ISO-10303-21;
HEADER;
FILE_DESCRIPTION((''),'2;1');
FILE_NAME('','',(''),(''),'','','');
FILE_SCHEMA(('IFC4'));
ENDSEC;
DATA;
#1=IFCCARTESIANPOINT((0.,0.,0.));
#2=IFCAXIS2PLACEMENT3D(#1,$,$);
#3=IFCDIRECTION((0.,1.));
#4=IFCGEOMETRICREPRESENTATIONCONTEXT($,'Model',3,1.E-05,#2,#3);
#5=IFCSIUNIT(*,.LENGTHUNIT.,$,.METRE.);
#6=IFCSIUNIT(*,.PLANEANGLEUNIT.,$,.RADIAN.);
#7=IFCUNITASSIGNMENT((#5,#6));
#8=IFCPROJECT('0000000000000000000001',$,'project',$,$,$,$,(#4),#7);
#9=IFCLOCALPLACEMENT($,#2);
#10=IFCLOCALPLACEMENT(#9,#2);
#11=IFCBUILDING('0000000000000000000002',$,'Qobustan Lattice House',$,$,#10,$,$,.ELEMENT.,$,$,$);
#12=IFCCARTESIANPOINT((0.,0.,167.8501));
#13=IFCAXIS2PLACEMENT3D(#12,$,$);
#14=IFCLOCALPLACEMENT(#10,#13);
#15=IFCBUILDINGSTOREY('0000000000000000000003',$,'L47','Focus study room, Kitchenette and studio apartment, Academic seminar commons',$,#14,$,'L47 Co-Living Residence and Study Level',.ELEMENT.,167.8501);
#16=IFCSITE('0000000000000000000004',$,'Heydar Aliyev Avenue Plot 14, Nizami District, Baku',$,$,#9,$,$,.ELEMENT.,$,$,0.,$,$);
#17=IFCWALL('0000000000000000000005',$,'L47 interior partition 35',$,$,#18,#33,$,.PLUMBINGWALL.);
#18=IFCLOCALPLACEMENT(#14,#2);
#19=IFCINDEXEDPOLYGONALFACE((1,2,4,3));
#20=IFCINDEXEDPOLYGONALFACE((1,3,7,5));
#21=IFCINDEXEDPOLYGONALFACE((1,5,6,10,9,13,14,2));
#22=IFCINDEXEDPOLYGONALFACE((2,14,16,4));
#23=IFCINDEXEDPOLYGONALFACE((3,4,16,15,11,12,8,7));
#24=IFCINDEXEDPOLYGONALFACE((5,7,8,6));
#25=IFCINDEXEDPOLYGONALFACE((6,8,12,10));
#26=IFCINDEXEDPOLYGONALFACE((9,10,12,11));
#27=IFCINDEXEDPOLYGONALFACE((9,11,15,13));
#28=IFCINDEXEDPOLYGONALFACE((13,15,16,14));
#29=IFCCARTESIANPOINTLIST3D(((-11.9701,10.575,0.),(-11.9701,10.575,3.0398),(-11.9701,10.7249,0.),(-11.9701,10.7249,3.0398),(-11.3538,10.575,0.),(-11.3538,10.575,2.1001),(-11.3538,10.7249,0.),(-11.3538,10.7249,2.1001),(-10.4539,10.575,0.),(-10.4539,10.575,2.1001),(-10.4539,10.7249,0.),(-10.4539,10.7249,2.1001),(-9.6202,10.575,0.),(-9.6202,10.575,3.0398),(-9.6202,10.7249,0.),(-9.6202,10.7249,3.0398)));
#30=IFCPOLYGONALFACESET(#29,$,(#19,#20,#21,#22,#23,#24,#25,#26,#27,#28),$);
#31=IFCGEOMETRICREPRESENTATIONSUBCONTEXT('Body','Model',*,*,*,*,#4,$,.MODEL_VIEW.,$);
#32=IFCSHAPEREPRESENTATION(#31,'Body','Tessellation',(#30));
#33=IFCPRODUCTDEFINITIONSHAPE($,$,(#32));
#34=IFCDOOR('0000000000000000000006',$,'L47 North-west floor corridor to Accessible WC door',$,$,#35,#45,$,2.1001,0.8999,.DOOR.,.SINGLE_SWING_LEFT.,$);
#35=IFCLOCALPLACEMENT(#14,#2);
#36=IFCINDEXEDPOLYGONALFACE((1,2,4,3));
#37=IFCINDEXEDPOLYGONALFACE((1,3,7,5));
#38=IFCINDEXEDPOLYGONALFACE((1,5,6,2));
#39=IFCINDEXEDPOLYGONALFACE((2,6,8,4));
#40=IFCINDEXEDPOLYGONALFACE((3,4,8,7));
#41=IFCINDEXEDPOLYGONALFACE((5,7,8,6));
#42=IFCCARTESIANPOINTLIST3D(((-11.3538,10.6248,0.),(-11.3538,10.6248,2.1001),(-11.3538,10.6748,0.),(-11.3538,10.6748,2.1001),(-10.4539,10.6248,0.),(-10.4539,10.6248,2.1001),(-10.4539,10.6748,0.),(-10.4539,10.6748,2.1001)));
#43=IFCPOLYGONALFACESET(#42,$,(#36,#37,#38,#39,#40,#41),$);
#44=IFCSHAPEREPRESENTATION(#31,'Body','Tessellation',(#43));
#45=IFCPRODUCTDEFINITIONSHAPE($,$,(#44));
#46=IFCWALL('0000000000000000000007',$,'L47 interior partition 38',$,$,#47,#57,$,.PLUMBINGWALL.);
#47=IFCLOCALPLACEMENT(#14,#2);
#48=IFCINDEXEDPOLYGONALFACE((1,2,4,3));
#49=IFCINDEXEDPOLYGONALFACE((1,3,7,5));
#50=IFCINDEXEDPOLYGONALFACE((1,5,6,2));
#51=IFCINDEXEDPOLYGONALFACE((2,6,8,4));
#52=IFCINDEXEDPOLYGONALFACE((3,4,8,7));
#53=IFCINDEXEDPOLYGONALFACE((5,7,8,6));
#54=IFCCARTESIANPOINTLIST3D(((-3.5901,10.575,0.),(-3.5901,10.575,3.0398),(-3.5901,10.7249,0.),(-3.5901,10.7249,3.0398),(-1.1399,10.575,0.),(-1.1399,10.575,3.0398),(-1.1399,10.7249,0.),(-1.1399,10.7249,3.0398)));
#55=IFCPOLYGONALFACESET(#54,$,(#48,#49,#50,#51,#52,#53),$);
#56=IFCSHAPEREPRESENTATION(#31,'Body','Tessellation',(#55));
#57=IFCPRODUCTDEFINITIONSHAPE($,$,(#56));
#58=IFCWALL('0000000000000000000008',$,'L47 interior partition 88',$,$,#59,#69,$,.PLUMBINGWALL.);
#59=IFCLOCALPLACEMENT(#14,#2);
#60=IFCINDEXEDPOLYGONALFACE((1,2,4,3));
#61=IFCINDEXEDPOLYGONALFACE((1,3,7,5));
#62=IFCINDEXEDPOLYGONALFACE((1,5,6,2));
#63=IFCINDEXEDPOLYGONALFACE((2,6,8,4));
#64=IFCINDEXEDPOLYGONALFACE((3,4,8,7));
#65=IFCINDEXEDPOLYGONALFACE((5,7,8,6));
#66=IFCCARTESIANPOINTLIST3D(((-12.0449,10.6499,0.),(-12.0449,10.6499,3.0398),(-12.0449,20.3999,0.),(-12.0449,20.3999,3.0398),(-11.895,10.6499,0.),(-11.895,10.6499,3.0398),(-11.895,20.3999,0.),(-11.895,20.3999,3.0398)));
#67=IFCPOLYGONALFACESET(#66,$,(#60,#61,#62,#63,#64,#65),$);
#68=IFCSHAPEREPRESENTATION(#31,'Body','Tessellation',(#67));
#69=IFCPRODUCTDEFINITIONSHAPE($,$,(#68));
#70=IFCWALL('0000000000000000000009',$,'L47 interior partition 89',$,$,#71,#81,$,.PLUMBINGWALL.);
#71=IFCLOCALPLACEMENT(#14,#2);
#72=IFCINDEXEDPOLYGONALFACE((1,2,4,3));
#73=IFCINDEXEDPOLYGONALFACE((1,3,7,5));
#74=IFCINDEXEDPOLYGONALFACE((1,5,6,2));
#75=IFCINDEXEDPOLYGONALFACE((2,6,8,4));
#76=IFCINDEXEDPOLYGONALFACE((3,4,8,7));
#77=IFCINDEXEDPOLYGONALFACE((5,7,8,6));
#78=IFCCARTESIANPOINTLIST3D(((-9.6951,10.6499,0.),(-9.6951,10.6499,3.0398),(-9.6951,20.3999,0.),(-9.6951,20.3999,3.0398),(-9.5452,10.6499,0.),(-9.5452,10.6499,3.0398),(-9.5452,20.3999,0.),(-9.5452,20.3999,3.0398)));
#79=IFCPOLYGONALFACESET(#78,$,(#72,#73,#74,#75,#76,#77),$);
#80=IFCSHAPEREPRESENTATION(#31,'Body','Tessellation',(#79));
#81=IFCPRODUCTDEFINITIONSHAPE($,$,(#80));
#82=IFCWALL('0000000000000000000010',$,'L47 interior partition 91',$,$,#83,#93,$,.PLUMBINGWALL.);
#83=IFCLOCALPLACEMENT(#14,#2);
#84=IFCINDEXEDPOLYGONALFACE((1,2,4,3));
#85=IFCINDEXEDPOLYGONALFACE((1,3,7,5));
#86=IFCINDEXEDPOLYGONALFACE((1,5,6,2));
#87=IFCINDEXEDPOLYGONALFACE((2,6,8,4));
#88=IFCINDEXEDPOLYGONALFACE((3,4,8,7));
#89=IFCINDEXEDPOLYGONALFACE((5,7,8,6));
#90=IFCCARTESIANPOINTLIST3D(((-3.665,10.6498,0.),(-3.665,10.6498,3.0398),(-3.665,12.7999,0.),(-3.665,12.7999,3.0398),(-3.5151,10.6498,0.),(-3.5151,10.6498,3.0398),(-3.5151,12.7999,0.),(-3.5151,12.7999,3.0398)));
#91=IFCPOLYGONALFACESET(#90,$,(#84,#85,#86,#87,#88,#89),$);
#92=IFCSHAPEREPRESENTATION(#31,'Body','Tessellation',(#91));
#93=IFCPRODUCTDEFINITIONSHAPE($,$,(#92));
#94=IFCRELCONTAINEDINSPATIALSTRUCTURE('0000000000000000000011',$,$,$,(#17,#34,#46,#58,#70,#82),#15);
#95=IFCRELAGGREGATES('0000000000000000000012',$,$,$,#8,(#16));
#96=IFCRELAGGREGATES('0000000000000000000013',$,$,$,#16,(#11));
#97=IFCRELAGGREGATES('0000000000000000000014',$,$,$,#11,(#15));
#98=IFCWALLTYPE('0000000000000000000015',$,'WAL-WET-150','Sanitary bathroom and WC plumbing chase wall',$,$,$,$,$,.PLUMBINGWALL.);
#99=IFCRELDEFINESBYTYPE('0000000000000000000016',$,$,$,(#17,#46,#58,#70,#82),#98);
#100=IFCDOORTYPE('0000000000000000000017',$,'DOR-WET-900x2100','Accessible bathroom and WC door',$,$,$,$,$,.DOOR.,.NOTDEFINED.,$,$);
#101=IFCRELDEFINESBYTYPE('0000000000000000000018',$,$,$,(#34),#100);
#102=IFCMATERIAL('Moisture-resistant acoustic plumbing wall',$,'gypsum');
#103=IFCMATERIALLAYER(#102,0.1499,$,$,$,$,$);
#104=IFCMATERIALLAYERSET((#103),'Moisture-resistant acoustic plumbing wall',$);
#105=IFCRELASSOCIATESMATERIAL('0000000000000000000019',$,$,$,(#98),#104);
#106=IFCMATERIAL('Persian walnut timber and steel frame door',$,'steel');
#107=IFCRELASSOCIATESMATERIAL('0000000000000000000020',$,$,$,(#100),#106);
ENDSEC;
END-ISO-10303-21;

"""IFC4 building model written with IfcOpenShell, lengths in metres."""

from ifc_helpers import new_model, si_unit, direction, frame, frame_2d, origin, place, context, subcontext, project, spatial, rectangle, extrude, material, layer, layer_set, type_object, element, fill, save


model = new_model("IFC4")

# Units and contexts
model_context = context("Model", 3, precision=1e-05, world=origin(), true_north=direction((0.0, 1.0)))
body_context = subcontext(model_context, "Body", "Model", "MODEL_VIEW")
ifc_project = project(units=[si_unit("LENGTHUNIT", "METRE"), si_unit("PLANEANGLEUNIT", "RADIAN")], contexts=[model_context])

# Site, building, storey
site_placement = place(None, origin())
site = spatial("IfcSite", under=ifc_project, at=site_placement, Name="Heydar Aliyev Avenue Plot 14, Nizami District, Baku", CompositionType="ELEMENT", RefElevation=0.0)
building_placement = place(site_placement, origin())
building = spatial("IfcBuilding", under=site, at=building_placement, Name="Qobustan Lattice House", CompositionType="ELEMENT")
storey_placement = place(building_placement, frame((0.0, 0.0, 167.8501)))
storey = spatial("IfcBuildingStorey", under=building, at=storey_placement, Name="L47", Description="Focus study room, Kitchenette and studio apartment, Academic seminar commons", LongName="L47 Co-Living Residence and Study Level", CompositionType="ELEMENT", Elevation=167.8501)

# Wall, opening, door
ifc_material_1 = material(Name="Moisture-resistant acoustic plumbing wall", Category="gypsum")
ifc_layer_1 = layer(ifc_material_1, 0.1499)
ifc_layer_set_1 = layer_set([ifc_layer_1], Name="Moisture-resistant acoustic plumbing wall")
wall_type_1 = type_object("IfcWallType", Name="WAL-WET-150", Description="Sanitary bathroom and WC plumbing chase wall", PredefinedType="PLUMBINGWALL", material=ifc_layer_set_1)
wall_1_placement = place(storey_placement, frame((-11.97, 10.6499, 0.0), z_axis=(0.0, 0.0, 1.0), x_axis=(1.0, 0.0, 0.0)))
wall_1 = element("IfcWall", 1, at=wall_1_placement, inside=storey, type_object=wall_type_1, Name="L47 interior partition 35", PredefinedType="PLUMBINGWALL", context=body_context, shape_type="SweptSolid", body=[
    extrude(rectangle(XDim=2.3499, YDim=0.1499, at=frame_2d((1.1748, 0.0))), origin(), (0.0, 0.0, 1.0), 3.0398),
])
opening_1_placement = place(wall_1_placement, frame((0.6162, 0.0, 0.0)))
opening_1 = element("IfcOpeningElement", 2, at=opening_1_placement, cuts=wall_1, PredefinedType="OPENING", context=body_context, shape_type="SweptSolid", body=[
    extrude(rectangle(XDim=0.8999, YDim=2.1001, at=frame_2d((0.45, 1.05))), frame((0.0, 0.085, 0.0), z_axis=(0.0, -1.0, 0.0), x_axis=(1.0, 0.0, 0.0)), (0.0, 0.0, 1.0), 0.1699),
])
ifc_material_2 = material(Name="Persian walnut timber and steel frame door", Category="steel")
door_type_1 = type_object("IfcDoorType", Name="DOR-WET-900x2100", Description="Accessible bathroom and WC door", OperationType="NOTDEFINED", PredefinedType="DOOR", material=ifc_material_2)
door_1_placement = place(opening_1_placement, origin())
door_1 = element("IfcDoor", 3, at=door_1_placement, inside=storey, type_object=door_type_1, Name="L47 North-west floor corridor to Accessible WC door", OperationType="SINGLE_SWING_LEFT", OverallHeight=2.1001, OverallWidth=0.8999, PredefinedType="DOOR", context=body_context, shape_type="SweptSolid", body=[
    extrude(rectangle(XDim=0.8999, YDim=2.1001, at=frame_2d((0.45, 1.05))), frame((0.0, 0.0249, 0.0), z_axis=(0.0, -1.0, 0.0), x_axis=(1.0, 0.0, 0.0)), (0.0, 0.0, 1.0), 0.05),
])
fill(opening_1, door_1)

# Walls
wall_2_placement = place(storey_placement, frame((-3.5901, 10.6499, 0.0), z_axis=(0.0, 0.0, 1.0), x_axis=(1.0, 0.0, 0.0)))
element("IfcWall", 4, at=wall_2_placement, inside=storey, type_object=wall_type_1, Name="L47 interior partition 38", PredefinedType="PLUMBINGWALL", context=body_context, shape_type="SweptSolid", body=[
    extrude(rectangle(XDim=2.4502, YDim=0.1499, at=frame_2d((1.2251, 0.0))), origin(), (0.0, 0.0, 1.0), 3.0398),
])
for number, where, z_axis, x_axis, name in (
    (5, (-11.97, 20.3999, 0.0), (0.0, 0.0, 1.0), (0.0, -1.0, 0.0), "L47 interior partition 88"),
    (6, (-9.6201, 20.3999, 0.0), (0.0, 0.0, 1.0), (0.0, -1.0, 0.0), "L47 interior partition 89"),
):
    element("IfcWall", number, at=place(storey_placement, frame(where, z_axis=z_axis, x_axis=x_axis)), inside=storey, type_object=wall_type_1, Name=name, PredefinedType="PLUMBINGWALL", context=body_context, shape_type="SweptSolid", body=[
        extrude(rectangle(XDim=9.75, YDim=0.1499, at=frame_2d((4.875, 0.0))), origin(), (0.0, 0.0, 1.0), 3.0398),
    ])
wall_3_placement = place(storey_placement, frame((-3.5901, 12.8, 0.0), z_axis=(0.0, 0.0, 1.0), x_axis=(0.0, -1.0, 0.0)))
element("IfcWall", 7, at=wall_3_placement, inside=storey, type_object=wall_type_1, Name="L47 interior partition 91", PredefinedType="PLUMBINGWALL", context=body_context, shape_type="SweptSolid", body=[
    extrude(rectangle(XDim=2.1501, YDim=0.1499, at=frame_2d((1.0752, 0.0))), origin(), (0.0, 0.0, 1.0), 3.0398),
])

save(model, "model.ifc")
